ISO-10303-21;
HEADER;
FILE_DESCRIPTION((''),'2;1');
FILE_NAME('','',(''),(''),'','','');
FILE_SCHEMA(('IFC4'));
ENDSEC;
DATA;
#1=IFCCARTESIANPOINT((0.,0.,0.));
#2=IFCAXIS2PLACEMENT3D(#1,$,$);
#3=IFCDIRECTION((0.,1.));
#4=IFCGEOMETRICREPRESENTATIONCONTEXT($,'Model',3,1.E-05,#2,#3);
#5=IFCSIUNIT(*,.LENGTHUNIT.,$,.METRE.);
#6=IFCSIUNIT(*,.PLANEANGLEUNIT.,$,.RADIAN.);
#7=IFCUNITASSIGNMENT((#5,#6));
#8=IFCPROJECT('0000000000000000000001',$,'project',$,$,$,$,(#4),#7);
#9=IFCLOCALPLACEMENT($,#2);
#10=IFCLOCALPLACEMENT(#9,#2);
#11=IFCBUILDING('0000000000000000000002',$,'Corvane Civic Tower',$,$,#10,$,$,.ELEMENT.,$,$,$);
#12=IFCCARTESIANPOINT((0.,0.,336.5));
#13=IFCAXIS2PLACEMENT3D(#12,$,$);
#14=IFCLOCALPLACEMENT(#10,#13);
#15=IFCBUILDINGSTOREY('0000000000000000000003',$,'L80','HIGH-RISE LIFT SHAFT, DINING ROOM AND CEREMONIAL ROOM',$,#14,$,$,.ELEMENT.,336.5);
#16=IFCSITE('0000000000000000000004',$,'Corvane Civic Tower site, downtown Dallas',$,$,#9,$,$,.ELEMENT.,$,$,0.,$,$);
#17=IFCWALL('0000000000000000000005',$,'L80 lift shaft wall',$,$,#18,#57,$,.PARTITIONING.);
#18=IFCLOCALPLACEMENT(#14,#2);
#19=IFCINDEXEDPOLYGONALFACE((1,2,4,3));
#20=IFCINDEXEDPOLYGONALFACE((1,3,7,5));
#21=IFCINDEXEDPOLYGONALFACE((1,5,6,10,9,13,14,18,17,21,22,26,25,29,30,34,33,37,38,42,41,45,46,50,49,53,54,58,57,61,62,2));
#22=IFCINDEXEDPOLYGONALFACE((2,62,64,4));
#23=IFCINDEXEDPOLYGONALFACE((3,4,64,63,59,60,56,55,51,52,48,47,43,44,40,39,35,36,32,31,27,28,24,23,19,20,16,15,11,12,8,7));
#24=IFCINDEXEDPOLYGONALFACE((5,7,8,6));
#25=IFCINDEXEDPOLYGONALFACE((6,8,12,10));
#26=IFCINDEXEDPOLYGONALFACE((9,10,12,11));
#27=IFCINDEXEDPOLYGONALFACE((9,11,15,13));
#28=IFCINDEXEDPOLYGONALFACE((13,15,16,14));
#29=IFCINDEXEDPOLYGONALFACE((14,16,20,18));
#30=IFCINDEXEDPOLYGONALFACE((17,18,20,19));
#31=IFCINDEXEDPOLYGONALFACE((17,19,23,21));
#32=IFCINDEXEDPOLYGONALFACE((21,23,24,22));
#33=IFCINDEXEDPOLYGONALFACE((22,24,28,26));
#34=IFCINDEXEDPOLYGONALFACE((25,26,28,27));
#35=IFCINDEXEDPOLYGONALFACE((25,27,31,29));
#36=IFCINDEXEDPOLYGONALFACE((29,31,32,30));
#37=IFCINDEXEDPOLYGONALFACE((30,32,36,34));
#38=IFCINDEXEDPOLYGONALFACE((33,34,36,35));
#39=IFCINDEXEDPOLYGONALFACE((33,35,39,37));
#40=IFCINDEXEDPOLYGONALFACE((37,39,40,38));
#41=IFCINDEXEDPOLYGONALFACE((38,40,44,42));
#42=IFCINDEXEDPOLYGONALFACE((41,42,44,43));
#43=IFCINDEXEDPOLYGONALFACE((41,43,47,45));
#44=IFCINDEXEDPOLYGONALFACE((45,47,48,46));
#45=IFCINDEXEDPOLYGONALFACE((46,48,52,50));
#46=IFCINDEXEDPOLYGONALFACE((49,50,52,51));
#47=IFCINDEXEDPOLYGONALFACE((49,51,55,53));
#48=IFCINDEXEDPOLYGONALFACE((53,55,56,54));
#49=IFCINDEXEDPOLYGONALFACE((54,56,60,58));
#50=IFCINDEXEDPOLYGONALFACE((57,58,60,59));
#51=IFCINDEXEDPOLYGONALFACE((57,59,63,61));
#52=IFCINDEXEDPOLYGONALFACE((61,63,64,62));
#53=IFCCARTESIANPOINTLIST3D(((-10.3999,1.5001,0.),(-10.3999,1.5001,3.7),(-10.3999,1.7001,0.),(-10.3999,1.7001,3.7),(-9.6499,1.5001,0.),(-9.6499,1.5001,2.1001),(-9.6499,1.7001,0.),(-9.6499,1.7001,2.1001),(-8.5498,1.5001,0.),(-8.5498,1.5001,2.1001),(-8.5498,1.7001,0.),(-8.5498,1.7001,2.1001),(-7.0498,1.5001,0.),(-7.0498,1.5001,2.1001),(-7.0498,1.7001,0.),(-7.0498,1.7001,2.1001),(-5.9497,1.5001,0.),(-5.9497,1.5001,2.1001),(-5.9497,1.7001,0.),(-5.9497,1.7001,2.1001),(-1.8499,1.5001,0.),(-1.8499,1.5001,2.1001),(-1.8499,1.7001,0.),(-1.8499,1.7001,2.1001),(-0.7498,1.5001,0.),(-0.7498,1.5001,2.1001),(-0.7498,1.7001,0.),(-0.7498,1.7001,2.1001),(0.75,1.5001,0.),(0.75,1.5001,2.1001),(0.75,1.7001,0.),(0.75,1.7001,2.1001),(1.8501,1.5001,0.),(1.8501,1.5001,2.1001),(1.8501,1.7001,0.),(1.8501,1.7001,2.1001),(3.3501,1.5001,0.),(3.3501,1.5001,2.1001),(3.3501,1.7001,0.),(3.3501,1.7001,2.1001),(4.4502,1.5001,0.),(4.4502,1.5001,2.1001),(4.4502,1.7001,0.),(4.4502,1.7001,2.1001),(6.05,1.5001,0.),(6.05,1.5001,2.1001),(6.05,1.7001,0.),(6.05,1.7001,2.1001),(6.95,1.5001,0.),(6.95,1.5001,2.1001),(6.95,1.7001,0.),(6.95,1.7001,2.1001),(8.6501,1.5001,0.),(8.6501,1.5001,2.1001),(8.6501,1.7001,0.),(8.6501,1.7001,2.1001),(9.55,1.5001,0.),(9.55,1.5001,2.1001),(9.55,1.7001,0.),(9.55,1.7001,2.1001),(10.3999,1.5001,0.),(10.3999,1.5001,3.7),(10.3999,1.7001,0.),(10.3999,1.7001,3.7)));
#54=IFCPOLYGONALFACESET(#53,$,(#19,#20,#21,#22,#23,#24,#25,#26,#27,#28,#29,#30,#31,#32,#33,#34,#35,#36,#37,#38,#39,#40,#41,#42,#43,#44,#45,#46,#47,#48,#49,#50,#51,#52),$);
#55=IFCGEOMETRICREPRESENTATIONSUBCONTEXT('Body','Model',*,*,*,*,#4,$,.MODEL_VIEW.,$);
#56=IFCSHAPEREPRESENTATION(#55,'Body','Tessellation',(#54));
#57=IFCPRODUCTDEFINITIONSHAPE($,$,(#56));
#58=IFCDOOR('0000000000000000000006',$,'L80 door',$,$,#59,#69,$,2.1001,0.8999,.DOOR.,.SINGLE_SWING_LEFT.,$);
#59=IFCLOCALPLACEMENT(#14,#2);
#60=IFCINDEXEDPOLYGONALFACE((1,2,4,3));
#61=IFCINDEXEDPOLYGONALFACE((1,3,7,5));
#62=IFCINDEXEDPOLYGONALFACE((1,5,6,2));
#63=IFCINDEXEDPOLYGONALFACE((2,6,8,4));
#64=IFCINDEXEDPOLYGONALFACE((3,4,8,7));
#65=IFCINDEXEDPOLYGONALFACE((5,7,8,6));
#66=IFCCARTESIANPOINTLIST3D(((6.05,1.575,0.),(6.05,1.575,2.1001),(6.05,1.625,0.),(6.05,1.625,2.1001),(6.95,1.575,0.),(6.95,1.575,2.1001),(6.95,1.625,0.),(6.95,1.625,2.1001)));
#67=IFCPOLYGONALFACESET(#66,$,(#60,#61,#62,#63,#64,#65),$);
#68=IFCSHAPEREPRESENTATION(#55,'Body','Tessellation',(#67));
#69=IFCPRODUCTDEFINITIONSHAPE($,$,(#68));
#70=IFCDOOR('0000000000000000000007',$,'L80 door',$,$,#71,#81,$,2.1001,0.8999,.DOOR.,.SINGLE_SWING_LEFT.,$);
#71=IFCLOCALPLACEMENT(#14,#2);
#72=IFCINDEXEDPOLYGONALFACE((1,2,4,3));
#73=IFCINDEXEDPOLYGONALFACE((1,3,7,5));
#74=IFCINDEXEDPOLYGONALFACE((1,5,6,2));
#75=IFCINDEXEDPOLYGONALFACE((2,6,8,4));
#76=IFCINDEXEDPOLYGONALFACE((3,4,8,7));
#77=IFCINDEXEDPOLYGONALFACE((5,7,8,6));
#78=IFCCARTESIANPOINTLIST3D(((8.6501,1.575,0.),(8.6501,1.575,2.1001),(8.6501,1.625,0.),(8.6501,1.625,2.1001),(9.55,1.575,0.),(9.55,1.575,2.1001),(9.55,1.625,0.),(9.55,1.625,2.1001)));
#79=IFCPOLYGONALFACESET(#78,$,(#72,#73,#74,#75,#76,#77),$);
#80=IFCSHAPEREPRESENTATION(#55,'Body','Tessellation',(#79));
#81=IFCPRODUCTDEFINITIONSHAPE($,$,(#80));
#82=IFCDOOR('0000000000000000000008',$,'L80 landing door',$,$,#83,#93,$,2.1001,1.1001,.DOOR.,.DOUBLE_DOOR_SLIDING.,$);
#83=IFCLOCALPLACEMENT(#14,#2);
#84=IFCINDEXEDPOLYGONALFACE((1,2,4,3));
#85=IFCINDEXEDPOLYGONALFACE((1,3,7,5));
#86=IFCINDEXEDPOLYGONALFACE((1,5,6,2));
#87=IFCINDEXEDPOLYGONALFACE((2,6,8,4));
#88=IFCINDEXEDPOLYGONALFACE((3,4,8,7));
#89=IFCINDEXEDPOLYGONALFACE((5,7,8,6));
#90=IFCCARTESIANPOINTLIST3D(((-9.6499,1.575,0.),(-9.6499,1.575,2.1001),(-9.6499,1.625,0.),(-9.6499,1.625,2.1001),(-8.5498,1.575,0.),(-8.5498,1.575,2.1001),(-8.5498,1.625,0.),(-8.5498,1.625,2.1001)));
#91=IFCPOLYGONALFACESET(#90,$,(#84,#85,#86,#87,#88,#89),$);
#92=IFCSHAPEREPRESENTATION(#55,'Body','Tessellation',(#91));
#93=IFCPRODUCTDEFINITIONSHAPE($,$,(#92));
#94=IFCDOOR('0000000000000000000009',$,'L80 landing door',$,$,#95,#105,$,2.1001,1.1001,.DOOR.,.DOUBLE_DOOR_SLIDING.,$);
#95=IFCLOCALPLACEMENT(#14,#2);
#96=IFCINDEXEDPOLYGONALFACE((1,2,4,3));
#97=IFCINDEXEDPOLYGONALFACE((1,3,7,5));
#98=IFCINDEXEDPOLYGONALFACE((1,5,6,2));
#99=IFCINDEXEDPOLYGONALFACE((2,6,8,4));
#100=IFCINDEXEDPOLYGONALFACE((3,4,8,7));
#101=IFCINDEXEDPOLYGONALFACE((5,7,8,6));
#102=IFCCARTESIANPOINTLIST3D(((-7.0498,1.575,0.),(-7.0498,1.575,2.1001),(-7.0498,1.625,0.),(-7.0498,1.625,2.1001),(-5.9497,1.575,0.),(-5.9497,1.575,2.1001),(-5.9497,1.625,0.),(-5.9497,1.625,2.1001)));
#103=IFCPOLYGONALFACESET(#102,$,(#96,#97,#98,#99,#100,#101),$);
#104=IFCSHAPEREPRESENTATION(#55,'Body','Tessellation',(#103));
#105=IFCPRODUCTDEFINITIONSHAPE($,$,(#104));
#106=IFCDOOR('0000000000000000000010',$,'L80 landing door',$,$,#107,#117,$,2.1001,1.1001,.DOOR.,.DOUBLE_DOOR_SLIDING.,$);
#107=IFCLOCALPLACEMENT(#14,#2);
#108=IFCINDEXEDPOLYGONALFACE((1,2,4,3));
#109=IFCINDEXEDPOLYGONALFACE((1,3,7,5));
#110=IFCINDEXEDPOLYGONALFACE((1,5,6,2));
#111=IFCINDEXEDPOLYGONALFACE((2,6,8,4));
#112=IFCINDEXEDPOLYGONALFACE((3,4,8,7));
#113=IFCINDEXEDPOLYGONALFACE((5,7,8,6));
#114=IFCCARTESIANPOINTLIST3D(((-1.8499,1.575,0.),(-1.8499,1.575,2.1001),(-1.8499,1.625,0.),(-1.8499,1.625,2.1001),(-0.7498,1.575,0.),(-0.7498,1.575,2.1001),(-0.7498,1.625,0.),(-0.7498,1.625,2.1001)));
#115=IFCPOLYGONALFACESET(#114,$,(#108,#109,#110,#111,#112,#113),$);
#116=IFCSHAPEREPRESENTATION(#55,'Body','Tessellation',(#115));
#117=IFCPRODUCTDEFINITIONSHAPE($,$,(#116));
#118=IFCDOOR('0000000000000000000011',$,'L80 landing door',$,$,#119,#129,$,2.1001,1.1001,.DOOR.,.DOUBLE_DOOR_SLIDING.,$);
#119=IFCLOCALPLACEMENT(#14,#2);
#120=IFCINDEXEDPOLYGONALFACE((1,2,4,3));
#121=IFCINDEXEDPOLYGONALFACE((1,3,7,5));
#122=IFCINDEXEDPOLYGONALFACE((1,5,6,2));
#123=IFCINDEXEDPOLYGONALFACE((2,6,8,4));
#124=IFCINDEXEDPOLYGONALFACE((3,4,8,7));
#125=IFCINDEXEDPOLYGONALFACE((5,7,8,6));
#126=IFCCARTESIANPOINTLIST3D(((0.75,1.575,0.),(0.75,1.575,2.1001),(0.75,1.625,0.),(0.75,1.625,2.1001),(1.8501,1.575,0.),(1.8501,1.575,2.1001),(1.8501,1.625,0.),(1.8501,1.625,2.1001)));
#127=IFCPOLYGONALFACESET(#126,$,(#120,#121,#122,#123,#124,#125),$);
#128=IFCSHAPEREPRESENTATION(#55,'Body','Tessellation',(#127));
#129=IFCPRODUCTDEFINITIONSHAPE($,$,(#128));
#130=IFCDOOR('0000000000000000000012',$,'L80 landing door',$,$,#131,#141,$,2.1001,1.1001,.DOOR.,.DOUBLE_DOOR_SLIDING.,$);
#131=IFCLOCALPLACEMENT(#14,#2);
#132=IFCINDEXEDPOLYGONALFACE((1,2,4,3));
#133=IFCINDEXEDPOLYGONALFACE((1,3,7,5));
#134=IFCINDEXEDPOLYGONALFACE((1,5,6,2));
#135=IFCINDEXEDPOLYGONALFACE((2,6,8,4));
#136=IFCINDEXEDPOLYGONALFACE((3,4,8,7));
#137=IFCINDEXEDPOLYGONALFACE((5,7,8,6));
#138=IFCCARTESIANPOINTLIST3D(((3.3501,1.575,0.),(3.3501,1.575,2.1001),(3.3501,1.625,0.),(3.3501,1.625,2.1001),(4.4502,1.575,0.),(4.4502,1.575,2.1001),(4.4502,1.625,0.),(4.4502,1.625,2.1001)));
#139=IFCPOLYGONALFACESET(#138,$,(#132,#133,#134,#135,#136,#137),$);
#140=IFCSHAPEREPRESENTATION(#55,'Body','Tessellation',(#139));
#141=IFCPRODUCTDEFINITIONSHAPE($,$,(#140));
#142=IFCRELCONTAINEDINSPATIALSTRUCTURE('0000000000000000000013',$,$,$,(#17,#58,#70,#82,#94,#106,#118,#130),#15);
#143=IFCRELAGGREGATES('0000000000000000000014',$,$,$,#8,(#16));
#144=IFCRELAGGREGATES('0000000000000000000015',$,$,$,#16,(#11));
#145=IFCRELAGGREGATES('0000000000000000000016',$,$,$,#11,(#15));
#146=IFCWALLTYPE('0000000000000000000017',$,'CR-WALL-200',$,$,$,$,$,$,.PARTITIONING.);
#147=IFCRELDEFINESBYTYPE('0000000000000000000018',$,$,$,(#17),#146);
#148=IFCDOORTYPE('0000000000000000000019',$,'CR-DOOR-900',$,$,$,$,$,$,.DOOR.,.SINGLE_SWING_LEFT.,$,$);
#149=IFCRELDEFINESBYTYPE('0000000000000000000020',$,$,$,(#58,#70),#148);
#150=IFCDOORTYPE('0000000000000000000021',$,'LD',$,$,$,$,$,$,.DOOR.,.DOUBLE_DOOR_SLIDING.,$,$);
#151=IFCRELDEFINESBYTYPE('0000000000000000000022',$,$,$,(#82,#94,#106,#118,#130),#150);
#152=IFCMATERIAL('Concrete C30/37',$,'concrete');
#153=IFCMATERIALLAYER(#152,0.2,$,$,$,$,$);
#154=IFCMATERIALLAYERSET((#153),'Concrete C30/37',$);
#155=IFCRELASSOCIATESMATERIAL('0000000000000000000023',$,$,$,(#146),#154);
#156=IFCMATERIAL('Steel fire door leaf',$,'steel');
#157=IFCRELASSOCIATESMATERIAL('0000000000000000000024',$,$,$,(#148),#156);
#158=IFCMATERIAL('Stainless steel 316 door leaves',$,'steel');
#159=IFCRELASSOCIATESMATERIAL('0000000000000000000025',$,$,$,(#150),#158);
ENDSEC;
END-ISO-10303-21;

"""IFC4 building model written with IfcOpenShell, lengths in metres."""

from ifc_helpers import new_model, si_unit, direction, frame, frame_2d, origin, place, context, subcontext, project, spatial, rectangle, extrude, material, layer, layer_set, type_object, element, fill, save


model = new_model("IFC4")

# Units and contexts
model_context = context("Model", 3, precision=1e-05, world=origin(), true_north=direction((0.0, 1.0)))
body_context = subcontext(model_context, "Body", "Model", "MODEL_VIEW")
ifc_project = project(units=[si_unit("LENGTHUNIT", "METRE"), si_unit("PLANEANGLEUNIT", "RADIAN")], contexts=[model_context])

# Site, building, storey
site_placement = place(None, origin())
site = spatial("IfcSite", under=ifc_project, at=site_placement, Name="Corvane Civic Tower site, downtown Dallas", CompositionType="ELEMENT", RefElevation=0.0)
building_placement = place(site_placement, origin())
building = spatial("IfcBuilding", under=site, at=building_placement, Name="Corvane Civic Tower", CompositionType="ELEMENT")
storey_placement = place(building_placement, frame((0.0, 0.0, 336.5)))
storey = spatial("IfcBuildingStorey", under=building, at=storey_placement, Name="L80", Description="HIGH-RISE LIFT SHAFT, DINING ROOM AND CEREMONIAL ROOM", CompositionType="ELEMENT", Elevation=336.5)

# Wall, openings, doors
ifc_material_1 = material(Name="Concrete C30/37", Category="concrete")
ifc_layer_1 = layer(ifc_material_1, 0.2)
ifc_layer_set_1 = layer_set([ifc_layer_1], Name="Concrete C30/37")
wall_type_1 = type_object("IfcWallType", Name="CR-WALL-200", PredefinedType="PARTITIONING", material=ifc_layer_set_1)
wall_1_placement = place(storey_placement, frame((-10.3999, 1.6001, 0.0), z_axis=(0.0, 0.0, 1.0), x_axis=(1.0, 0.0, 0.0)))
wall_1 = element("IfcWall", 1, at=wall_1_placement, inside=storey, type_object=wall_type_1, Name="L80 lift shaft wall", PredefinedType="PARTITIONING", context=body_context, shape_type="SweptSolid", body=[
    extrude(rectangle(XDim=20.7998, YDim=0.2, at=frame_2d((10.3999, 0.0))), origin(), (0.0, 0.0, 1.0), 3.7),
])
opening_1_placement = place(wall_1_placement, frame((0.75, 0.0, 0.0)))
opening_1 = element("IfcOpeningElement", 2, at=opening_1_placement, cuts=wall_1, PredefinedType="OPENING", context=body_context, shape_type="SweptSolid", body=[
    extrude(rectangle(XDim=1.1001, YDim=2.1001, at=frame_2d((0.55, 1.05))), frame((0.0, 0.1099, 0.0), z_axis=(0.0, -1.0, 0.0), x_axis=(1.0, 0.0, 0.0)), (0.0, 0.0, 1.0), 0.22),
])
opening_2_placement = place(wall_1_placement, frame((3.3501, 0.0, 0.0)))
opening_2 = element("IfcOpeningElement", 3, at=opening_2_placement, cuts=wall_1, PredefinedType="OPENING", context=body_context, shape_type="SweptSolid", body=[
    extrude(rectangle(XDim=1.1001, YDim=2.1001, at=frame_2d((0.55, 1.05))), frame((0.0, 0.1099, 0.0), z_axis=(0.0, -1.0, 0.0), x_axis=(1.0, 0.0, 0.0)), (0.0, 0.0, 1.0), 0.22),
])
opening_3_placement = place(wall_1_placement, frame((8.55, 0.0, 0.0)))
opening_3 = element("IfcOpeningElement", 4, at=opening_3_placement, cuts=wall_1, PredefinedType="OPENING", context=body_context, shape_type="SweptSolid", body=[
    extrude(rectangle(XDim=1.1001, YDim=2.1001, at=frame_2d((0.55, 1.05))), frame((0.0, 0.1099, 0.0), z_axis=(0.0, -1.0, 0.0), x_axis=(1.0, 0.0, 0.0)), (0.0, 0.0, 1.0), 0.22),
])
opening_4_placement = place(wall_1_placement, frame((11.1499, 0.0, 0.0)))
opening_4 = element("IfcOpeningElement", 5, at=opening_4_placement, cuts=wall_1, PredefinedType="OPENING", context=body_context, shape_type="SweptSolid", body=[
    extrude(rectangle(XDim=1.1001, YDim=2.1001, at=frame_2d((0.55, 1.05))), frame((0.0, 0.1099, 0.0), z_axis=(0.0, -1.0, 0.0), x_axis=(1.0, 0.0, 0.0)), (0.0, 0.0, 1.0), 0.22),
])
opening_5_placement = place(wall_1_placement, frame((13.75, 0.0, 0.0)))
opening_5 = element("IfcOpeningElement", 6, at=opening_5_placement, cuts=wall_1, PredefinedType="OPENING", context=body_context, shape_type="SweptSolid", body=[
    extrude(rectangle(XDim=1.1001, YDim=2.1001, at=frame_2d((0.55, 1.05))), frame((0.0, 0.1099, 0.0), z_axis=(0.0, -1.0, 0.0), x_axis=(1.0, 0.0, 0.0)), (0.0, 0.0, 1.0), 0.22),
])
opening_6_placement = place(wall_1_placement, frame((16.45, 0.0, 0.0)))
opening_6 = element("IfcOpeningElement", 7, at=opening_6_placement, cuts=wall_1, PredefinedType="OPENING", context=body_context, shape_type="SweptSolid", body=[
    extrude(rectangle(XDim=0.8999, YDim=2.1001, at=frame_2d((0.45, 1.05))), frame((0.0, 0.1099, 0.0), z_axis=(0.0, -1.0, 0.0), x_axis=(1.0, 0.0, 0.0)), (0.0, 0.0, 1.0), 0.22),
])
opening_7_placement = place(wall_1_placement, frame((19.05, 0.0, 0.0)))
opening_7 = element("IfcOpeningElement", 8, at=opening_7_placement, cuts=wall_1, PredefinedType="OPENING", context=body_context, shape_type="SweptSolid", body=[
    extrude(rectangle(XDim=0.8999, YDim=2.1001, at=frame_2d((0.45, 1.05))), frame((0.0, 0.1099, 0.0), z_axis=(0.0, -1.0, 0.0), x_axis=(1.0, 0.0, 0.0)), (0.0, 0.0, 1.0), 0.22),
])
ifc_material_2 = material(Name="Steel fire door leaf", Category="steel")
door_type_1 = type_object("IfcDoorType", Name="CR-DOOR-900", OperationType="SINGLE_SWING_LEFT", PredefinedType="DOOR", material=ifc_material_2)
door_1_placement = place(opening_6_placement, origin())
door_1 = element("IfcDoor", 9, at=door_1_placement, inside=storey, type_object=door_type_1, Name="L80 door", OperationType="SINGLE_SWING_LEFT", OverallHeight=2.1001, OverallWidth=0.8999, PredefinedType="DOOR", context=body_context, shape_type="SweptSolid", body=[
    extrude(rectangle(XDim=0.8999, YDim=2.1001, at=frame_2d((0.45, 1.05))), frame((0.0, 0.0249, 0.0), z_axis=(0.0, -1.0, 0.0), x_axis=(1.0, 0.0, 0.0)), (0.0, 0.0, 1.0), 0.05),
])
fill(opening_6, door_1)
door_2_placement = place(opening_7_placement, origin())
door_2 = element("IfcDoor", 10, at=door_2_placement, inside=storey, type_object=door_type_1, Name="L80 door", OperationType="SINGLE_SWING_LEFT", OverallHeight=2.1001, OverallWidth=0.8999, PredefinedType="DOOR", context=body_context, shape_type="SweptSolid", body=[
    extrude(rectangle(XDim=0.8999, YDim=2.1001, at=frame_2d((0.45, 1.05))), frame((0.0, 0.0249, 0.0), z_axis=(0.0, -1.0, 0.0), x_axis=(1.0, 0.0, 0.0)), (0.0, 0.0, 1.0), 0.05),
])
fill(opening_7, door_2)
ifc_material_3 = material(Name="Stainless steel 316 door leaves", Category="steel")
door_type_2 = type_object("IfcDoorType", Name="LD", OperationType="DOUBLE_DOOR_SLIDING", PredefinedType="DOOR", material=ifc_material_3)
door_3_placement = place(opening_1_placement, origin())
door_3 = element("IfcDoor", 11, at=door_3_placement, inside=storey, type_object=door_type_2, Name="L80 landing door", OperationType="DOUBLE_DOOR_SLIDING", OverallHeight=2.1001, OverallWidth=1.1001, PredefinedType="DOOR", context=body_context, shape_type="SweptSolid", body=[
    extrude(rectangle(XDim=1.1001, YDim=2.1001, at=frame_2d((0.55, 1.05))), frame((0.0, 0.0249, 0.0), z_axis=(0.0, -1.0, 0.0), x_axis=(1.0, 0.0, 0.0)), (0.0, 0.0, 1.0), 0.05),
])
fill(opening_1, door_3)
door_4_placement = place(opening_2_placement, origin())
door_4 = element("IfcDoor", 12, at=door_4_placement, inside=storey, type_object=door_type_2, Name="L80 landing door", OperationType="DOUBLE_DOOR_SLIDING", OverallHeight=2.1001, OverallWidth=1.1001, PredefinedType="DOOR", context=body_context, shape_type="SweptSolid", body=[
    extrude(rectangle(XDim=1.1001, YDim=2.1001, at=frame_2d((0.55, 1.05))), frame((0.0, 0.0249, 0.0), z_axis=(0.0, -1.0, 0.0), x_axis=(1.0, 0.0, 0.0)), (0.0, 0.0, 1.0), 0.05),
])
fill(opening_2, door_4)
door_5_placement = place(opening_3_placement, origin())
door_5 = element("IfcDoor", 13, at=door_5_placement, inside=storey, type_object=door_type_2, Name="L80 landing door", OperationType="DOUBLE_DOOR_SLIDING", OverallHeight=2.1001, OverallWidth=1.1001, PredefinedType="DOOR", context=body_context, shape_type="SweptSolid", body=[
    extrude(rectangle(XDim=1.1001, YDim=2.1001, at=frame_2d((0.55, 1.05))), frame((0.0, 0.0249, 0.0), z_axis=(0.0, -1.0, 0.0), x_axis=(1.0, 0.0, 0.0)), (0.0, 0.0, 1.0), 0.05),
])
fill(opening_3, door_5)
door_6_placement = place(opening_4_placement, origin())
door_6 = element("IfcDoor", 14, at=door_6_placement, inside=storey, type_object=door_type_2, Name="L80 landing door", OperationType="DOUBLE_DOOR_SLIDING", OverallHeight=2.1001, OverallWidth=1.1001, PredefinedType="DOOR", context=body_context, shape_type="SweptSolid", body=[
    extrude(rectangle(XDim=1.1001, YDim=2.1001, at=frame_2d((0.55, 1.05))), frame((0.0, 0.0249, 0.0), z_axis=(0.0, -1.0, 0.0), x_axis=(1.0, 0.0, 0.0)), (0.0, 0.0, 1.0), 0.05),
])
fill(opening_4, door_6)
door_7_placement = place(opening_5_placement, origin())
door_7 = element("IfcDoor", 15, at=door_7_placement, inside=storey, type_object=door_type_2, Name="L80 landing door", OperationType="DOUBLE_DOOR_SLIDING", OverallHeight=2.1001, OverallWidth=1.1001, PredefinedType="DOOR", context=body_context, shape_type="SweptSolid", body=[
    extrude(rectangle(XDim=1.1001, YDim=2.1001, at=frame_2d((0.55, 1.05))), frame((0.0, 0.0249, 0.0), z_axis=(0.0, -1.0, 0.0), x_axis=(1.0, 0.0, 0.0)), (0.0, 0.0, 1.0), 0.05),
])
fill(opening_5, door_7)

save(model, "model.ifc")
